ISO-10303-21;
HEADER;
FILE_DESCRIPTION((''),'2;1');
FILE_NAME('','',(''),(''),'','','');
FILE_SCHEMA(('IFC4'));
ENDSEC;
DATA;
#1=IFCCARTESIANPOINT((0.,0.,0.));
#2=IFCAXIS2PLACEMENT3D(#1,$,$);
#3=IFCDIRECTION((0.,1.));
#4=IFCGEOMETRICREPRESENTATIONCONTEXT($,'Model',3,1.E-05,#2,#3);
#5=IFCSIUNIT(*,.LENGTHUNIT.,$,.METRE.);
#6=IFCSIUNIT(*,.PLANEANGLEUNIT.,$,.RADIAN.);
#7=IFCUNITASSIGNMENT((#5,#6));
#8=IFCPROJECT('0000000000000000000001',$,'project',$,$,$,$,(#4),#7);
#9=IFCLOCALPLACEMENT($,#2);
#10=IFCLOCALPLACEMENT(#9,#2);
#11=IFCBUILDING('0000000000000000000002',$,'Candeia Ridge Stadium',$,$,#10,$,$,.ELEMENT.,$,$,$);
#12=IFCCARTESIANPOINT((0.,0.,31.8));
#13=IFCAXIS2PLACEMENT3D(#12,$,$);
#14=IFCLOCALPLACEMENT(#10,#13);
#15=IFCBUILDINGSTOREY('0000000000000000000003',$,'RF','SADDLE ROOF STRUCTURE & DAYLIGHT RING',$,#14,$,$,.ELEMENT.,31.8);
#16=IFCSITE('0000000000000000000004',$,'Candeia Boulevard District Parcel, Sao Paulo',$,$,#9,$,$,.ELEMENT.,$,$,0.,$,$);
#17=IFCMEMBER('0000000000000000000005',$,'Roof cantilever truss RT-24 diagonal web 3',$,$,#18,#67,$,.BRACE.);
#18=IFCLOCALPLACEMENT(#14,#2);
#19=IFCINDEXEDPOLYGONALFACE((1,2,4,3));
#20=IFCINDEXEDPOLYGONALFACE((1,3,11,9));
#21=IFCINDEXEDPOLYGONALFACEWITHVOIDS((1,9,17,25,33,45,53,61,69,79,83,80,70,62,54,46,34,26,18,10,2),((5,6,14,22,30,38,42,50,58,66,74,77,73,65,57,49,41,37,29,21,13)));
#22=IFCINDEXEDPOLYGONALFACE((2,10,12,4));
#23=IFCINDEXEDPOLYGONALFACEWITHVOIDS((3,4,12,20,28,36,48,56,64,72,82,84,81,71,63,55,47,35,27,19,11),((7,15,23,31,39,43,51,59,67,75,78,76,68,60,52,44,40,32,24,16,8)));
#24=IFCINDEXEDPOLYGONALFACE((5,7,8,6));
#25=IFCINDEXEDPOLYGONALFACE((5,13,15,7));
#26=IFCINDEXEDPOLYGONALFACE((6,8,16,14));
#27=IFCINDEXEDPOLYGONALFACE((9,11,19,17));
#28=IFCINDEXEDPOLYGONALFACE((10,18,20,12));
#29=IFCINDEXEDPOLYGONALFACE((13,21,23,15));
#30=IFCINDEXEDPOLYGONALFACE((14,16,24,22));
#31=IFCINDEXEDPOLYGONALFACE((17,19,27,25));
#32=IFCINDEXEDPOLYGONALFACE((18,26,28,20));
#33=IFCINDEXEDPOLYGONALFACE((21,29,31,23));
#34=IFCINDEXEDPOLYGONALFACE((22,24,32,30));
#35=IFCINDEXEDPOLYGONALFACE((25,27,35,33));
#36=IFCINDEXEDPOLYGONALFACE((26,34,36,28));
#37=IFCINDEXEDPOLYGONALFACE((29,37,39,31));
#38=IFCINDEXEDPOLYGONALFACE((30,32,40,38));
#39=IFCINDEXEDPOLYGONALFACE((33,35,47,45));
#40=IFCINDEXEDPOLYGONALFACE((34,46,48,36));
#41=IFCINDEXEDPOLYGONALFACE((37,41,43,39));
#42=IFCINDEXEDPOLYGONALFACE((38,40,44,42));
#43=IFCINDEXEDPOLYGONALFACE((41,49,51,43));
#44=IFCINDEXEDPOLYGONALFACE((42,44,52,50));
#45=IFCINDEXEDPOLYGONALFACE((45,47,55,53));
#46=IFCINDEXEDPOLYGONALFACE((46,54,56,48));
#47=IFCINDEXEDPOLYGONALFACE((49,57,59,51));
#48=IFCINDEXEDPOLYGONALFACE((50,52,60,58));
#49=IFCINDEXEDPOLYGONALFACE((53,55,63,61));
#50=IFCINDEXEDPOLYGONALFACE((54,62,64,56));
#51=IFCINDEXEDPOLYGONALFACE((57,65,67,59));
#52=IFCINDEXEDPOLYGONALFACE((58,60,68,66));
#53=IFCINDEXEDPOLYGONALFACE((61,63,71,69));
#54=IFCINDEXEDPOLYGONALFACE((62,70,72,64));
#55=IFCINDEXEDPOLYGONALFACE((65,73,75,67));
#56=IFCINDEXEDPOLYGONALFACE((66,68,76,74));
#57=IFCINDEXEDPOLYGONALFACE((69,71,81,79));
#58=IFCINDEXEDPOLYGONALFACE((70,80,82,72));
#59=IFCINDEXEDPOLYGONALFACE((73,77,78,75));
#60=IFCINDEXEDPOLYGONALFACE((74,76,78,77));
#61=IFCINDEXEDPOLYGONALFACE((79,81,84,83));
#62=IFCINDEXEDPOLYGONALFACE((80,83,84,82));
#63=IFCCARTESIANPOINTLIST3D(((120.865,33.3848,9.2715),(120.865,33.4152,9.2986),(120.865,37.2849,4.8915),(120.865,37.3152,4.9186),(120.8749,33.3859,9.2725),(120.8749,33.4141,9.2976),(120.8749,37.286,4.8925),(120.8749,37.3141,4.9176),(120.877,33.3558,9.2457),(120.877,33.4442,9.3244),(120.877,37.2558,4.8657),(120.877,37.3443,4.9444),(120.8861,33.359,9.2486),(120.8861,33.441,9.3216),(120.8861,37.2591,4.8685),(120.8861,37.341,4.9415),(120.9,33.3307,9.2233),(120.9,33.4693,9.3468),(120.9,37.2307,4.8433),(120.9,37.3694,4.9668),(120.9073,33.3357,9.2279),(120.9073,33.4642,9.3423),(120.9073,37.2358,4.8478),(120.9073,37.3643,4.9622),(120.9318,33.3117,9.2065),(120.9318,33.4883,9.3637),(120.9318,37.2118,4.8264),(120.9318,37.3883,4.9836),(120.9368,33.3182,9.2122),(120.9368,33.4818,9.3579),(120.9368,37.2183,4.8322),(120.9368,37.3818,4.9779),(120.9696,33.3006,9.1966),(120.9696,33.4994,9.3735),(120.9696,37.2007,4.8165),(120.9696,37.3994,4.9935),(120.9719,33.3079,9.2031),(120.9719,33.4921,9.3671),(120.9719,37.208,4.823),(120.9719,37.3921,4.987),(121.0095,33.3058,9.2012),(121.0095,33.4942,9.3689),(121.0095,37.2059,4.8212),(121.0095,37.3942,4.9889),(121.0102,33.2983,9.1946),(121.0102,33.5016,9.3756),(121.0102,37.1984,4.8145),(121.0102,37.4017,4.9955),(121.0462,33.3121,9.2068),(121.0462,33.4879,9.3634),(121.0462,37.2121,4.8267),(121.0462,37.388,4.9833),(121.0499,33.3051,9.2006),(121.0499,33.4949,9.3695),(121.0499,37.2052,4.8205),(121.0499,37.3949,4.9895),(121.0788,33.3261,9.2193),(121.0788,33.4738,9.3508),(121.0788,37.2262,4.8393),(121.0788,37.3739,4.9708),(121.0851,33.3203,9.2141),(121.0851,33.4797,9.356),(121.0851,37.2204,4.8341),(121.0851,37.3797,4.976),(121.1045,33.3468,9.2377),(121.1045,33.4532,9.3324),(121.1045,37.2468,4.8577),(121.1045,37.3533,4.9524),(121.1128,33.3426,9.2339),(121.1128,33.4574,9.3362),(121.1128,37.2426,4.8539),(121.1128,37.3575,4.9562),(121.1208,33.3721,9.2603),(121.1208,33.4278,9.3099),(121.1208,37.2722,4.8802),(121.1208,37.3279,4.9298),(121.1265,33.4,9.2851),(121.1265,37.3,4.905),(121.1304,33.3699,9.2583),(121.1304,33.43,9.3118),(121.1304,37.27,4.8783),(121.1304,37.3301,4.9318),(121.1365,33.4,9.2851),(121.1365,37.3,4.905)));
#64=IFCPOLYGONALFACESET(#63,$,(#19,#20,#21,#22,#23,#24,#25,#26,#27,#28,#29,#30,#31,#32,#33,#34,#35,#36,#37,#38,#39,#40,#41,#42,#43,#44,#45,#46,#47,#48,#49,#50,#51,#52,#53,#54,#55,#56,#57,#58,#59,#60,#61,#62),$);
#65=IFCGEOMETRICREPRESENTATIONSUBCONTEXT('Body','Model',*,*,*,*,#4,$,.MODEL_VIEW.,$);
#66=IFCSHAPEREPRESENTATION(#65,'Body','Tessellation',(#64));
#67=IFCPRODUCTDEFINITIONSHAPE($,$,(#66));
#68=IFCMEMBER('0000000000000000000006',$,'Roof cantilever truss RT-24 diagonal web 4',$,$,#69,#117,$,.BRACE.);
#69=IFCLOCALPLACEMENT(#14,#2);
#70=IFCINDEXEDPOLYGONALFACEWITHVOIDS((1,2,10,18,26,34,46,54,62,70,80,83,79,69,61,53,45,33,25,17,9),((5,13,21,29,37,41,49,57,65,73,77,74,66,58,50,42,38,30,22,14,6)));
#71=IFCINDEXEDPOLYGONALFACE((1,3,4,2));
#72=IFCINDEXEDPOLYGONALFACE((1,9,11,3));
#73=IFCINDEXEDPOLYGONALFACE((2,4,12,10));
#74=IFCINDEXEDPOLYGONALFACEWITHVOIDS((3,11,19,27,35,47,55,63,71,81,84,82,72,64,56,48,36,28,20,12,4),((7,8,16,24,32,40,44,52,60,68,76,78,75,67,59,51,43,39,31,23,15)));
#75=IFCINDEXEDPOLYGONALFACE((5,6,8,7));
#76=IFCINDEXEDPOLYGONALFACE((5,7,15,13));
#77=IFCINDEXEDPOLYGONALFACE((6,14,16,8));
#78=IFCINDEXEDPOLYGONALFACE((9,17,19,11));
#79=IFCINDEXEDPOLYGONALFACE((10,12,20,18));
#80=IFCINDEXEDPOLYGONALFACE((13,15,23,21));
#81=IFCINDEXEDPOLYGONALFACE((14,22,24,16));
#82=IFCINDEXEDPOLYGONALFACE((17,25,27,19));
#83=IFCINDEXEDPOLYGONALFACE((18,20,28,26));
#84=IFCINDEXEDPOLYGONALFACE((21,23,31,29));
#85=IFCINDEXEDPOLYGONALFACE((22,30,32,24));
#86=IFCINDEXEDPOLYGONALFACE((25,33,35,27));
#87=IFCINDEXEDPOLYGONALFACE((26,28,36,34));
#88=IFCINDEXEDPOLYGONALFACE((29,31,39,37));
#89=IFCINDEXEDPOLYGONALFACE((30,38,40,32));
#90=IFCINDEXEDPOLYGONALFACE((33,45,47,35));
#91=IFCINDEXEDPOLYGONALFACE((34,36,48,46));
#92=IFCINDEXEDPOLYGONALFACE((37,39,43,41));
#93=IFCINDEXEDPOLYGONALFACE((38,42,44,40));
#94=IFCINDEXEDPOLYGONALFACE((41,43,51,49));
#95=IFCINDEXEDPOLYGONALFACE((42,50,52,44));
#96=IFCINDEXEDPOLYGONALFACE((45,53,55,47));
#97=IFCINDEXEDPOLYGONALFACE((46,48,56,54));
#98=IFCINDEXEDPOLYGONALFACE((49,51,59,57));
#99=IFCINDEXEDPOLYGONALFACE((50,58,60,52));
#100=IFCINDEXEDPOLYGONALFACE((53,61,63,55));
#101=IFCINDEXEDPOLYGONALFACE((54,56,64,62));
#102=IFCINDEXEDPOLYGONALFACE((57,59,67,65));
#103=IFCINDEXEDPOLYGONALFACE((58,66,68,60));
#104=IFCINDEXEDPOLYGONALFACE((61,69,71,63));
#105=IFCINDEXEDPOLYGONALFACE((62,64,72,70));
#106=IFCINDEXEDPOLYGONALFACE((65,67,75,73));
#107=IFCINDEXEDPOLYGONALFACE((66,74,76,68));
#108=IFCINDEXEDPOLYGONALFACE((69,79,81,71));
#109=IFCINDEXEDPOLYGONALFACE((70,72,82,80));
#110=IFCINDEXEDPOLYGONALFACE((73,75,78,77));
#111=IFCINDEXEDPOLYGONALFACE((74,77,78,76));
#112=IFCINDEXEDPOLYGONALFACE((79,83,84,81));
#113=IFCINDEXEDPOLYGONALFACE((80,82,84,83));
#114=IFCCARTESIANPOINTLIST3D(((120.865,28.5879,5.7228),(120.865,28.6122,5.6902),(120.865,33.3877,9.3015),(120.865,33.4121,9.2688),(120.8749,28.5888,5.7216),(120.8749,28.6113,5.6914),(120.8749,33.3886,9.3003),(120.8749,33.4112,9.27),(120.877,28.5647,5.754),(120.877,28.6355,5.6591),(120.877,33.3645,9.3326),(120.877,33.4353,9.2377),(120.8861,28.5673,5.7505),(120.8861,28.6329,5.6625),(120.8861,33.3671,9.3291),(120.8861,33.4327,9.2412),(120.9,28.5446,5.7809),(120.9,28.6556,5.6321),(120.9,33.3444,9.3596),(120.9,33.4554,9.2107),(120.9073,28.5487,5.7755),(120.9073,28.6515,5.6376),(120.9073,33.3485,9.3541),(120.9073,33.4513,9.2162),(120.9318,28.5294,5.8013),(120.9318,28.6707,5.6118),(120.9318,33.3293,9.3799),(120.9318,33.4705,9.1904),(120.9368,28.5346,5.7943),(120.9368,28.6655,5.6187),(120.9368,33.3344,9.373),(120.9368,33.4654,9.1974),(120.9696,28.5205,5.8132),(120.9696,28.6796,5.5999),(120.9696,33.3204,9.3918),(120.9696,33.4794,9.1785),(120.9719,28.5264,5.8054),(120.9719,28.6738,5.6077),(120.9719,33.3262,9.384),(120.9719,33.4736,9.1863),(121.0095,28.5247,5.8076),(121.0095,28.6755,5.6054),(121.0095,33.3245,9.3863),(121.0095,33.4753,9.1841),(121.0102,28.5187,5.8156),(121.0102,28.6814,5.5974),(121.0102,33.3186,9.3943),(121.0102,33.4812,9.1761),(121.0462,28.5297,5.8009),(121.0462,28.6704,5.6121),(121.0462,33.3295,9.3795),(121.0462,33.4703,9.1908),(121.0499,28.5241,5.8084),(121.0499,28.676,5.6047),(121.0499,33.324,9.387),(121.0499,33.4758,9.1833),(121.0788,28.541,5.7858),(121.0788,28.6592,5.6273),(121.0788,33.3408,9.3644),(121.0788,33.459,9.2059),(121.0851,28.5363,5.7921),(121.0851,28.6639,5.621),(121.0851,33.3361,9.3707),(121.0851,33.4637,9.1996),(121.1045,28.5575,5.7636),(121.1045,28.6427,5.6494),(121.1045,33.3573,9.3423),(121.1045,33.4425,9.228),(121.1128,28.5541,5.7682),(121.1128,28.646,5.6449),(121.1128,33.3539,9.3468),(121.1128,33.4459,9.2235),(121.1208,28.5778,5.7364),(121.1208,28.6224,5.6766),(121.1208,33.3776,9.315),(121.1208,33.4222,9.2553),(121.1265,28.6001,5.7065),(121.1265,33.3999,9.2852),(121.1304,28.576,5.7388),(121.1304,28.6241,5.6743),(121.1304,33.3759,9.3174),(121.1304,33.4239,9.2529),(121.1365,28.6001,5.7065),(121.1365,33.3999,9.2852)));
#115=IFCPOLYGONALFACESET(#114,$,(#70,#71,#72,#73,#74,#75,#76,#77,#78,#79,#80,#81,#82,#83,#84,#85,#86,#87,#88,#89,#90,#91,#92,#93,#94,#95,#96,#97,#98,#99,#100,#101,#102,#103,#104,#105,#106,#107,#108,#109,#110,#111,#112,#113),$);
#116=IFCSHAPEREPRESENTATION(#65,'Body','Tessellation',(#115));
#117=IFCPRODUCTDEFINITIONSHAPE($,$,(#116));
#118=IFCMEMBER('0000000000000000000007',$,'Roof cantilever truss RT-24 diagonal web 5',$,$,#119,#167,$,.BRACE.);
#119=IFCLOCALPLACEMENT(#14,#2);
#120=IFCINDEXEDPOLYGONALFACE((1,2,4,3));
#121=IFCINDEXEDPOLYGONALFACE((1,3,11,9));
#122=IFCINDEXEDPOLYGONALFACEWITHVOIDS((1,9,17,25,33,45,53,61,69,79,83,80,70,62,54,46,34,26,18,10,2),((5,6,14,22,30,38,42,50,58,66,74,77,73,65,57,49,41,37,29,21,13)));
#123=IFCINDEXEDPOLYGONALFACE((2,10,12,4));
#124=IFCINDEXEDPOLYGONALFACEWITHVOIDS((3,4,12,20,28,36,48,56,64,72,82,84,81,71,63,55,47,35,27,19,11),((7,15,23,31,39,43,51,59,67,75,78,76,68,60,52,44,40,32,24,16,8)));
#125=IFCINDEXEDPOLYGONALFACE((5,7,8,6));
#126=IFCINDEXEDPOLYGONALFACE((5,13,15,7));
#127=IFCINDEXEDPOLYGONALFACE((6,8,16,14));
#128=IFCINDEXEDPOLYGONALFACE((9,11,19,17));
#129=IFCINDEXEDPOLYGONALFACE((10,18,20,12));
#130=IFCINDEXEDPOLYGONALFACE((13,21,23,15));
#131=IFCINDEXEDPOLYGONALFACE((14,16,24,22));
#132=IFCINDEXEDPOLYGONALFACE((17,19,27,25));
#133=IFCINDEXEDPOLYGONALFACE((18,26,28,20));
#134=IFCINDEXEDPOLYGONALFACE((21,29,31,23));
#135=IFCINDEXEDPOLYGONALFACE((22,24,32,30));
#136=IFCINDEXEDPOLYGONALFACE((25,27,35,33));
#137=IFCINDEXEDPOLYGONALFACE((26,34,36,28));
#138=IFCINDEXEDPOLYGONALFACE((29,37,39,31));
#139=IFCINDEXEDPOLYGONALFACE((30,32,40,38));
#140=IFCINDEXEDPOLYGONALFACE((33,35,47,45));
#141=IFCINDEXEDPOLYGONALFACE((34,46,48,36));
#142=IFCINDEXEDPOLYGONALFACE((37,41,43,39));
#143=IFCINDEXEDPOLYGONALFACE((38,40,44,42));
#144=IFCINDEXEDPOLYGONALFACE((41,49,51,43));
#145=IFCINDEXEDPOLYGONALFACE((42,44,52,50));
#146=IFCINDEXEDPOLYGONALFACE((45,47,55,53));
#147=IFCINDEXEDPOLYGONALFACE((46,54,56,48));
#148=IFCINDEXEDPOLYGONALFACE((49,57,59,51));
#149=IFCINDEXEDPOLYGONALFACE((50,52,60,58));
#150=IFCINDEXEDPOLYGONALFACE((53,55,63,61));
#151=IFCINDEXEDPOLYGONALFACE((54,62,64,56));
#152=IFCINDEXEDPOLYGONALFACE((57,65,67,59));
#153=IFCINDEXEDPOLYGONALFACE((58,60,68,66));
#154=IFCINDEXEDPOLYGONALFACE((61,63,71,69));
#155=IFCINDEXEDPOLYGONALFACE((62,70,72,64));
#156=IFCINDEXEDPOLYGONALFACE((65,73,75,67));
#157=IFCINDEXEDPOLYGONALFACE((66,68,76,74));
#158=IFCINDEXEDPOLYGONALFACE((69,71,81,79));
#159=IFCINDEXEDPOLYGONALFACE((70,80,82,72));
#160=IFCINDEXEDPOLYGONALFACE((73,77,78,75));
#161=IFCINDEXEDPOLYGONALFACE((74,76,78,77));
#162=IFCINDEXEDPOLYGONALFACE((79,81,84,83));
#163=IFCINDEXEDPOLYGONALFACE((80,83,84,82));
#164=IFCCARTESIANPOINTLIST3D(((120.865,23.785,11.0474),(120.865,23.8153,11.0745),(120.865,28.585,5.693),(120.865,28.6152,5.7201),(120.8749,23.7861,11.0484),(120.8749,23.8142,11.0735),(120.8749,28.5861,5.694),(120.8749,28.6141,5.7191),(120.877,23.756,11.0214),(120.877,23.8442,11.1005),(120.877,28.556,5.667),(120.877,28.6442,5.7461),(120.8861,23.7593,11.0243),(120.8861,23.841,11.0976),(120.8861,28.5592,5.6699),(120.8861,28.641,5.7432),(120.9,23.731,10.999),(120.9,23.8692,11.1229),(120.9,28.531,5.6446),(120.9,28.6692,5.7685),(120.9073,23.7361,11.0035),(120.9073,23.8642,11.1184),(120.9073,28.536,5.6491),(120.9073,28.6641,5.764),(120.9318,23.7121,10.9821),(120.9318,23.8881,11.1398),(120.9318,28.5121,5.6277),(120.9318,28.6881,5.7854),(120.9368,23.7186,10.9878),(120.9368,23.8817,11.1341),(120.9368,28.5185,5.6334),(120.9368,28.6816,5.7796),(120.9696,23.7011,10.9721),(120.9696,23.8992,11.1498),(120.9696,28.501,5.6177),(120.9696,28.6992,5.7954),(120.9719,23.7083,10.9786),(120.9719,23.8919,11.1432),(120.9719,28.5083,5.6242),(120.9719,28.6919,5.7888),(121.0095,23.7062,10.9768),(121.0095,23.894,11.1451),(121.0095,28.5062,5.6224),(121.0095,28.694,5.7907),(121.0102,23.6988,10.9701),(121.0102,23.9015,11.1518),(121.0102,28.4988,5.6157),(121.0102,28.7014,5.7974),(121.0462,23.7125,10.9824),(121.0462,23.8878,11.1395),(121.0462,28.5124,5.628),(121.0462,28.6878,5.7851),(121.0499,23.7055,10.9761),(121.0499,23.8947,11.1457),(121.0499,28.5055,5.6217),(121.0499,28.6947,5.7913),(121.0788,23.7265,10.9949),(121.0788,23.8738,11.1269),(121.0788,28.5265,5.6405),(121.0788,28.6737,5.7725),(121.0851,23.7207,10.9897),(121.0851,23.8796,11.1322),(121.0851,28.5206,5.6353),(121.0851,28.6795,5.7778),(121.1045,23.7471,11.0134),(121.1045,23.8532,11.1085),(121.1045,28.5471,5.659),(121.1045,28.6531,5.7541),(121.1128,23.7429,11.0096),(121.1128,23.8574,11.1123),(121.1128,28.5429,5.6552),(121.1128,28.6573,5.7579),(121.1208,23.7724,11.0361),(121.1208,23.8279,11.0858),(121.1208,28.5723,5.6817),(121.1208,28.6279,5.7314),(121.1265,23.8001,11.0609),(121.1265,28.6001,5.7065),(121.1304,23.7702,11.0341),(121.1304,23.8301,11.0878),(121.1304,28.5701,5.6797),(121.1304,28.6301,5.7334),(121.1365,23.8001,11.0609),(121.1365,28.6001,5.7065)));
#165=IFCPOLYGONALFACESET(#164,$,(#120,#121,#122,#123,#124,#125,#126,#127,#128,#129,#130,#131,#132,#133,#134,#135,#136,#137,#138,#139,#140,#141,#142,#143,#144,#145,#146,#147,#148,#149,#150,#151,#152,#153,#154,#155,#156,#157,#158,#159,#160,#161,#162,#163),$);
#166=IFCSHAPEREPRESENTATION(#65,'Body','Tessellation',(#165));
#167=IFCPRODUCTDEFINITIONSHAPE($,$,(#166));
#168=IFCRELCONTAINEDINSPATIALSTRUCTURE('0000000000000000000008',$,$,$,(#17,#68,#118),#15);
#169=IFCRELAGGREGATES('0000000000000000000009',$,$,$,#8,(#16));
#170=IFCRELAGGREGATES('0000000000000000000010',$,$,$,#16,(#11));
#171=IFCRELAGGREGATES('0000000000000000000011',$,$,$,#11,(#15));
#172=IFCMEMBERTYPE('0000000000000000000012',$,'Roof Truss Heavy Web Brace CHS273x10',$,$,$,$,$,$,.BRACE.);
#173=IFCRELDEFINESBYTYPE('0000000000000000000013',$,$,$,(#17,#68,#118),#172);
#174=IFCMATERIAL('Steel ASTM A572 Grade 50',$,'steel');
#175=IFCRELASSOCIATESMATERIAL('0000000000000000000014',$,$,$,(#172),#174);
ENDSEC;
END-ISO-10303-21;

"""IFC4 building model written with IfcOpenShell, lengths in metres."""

from ifc_helpers import new_model, si_unit, direction, frame, origin, origin_2d, place, context, subcontext, project, spatial, hollow_circle, extrude, material, material_profile, profile_set, type_object, element, save


model = new_model("IFC4")

# Units and contexts
model_context = context("Model", 3, precision=1e-05, world=origin(), true_north=direction((0.0, 1.0)))
body_context = subcontext(model_context, "Body", "Model", "MODEL_VIEW")
ifc_project = project(units=[si_unit("LENGTHUNIT", "METRE"), si_unit("PLANEANGLEUNIT", "RADIAN")], contexts=[model_context])

# Site, building, storey
site_placement = place(None, origin())
site = spatial("IfcSite", under=ifc_project, at=site_placement, Name="Candeia Boulevard District Parcel, Sao Paulo", CompositionType="ELEMENT", RefElevation=0.0)
building_placement = place(site_placement, origin())
building = spatial("IfcBuilding", under=site, at=building_placement, Name="Candeia Ridge Stadium", CompositionType="ELEMENT")
storey_placement = place(building_placement, frame((0.0, 0.0, 31.8)))
storey = spatial("IfcBuildingStorey", under=building, at=storey_placement, Name="RF", Description="SADDLE ROOF STRUCTURE & DAYLIGHT RING", CompositionType="ELEMENT", Elevation=31.8)

# Shared definitions
ifc_material_1 = material(Name="Steel ASTM A572 Grade 50", Category="steel")

# Members
ifc_material_profile_1 = material_profile(ifc_material_1, hollow_circle(Radius=0.1365, WallThickness=0.01, at=origin_2d()), Name="CHS273x10", Category="steel")
ifc_profile_set_1 = profile_set([ifc_material_profile_1], Name="Steel ASTM A572 Grade 50")
member_type_1 = type_object("IfcMemberType", Name="Roof Truss Heavy Web Brace CHS273x10", PredefinedType="BRACE", material=ifc_profile_set_1)
member_1_placement = place(storey_placement, frame((121.0, 37.3, 4.905), z_axis=(0.0, -0.665002, 0.746842), x_axis=(1.0, 0.0, 0.0)))
element("IfcMember", 1, at=member_1_placement, inside=storey, type_object=member_type_1, Name="Roof cantilever truss RT-24 diagonal web 3", PredefinedType="BRACE", context=body_context, shape_type="SweptSolid", body=[
    extrude(hollow_circle(Radius=0.1365, WallThickness=0.01, at=origin_2d()), origin(), (0.0, 0.0, 1.0), 5.8647),
])
member_2_placement = place(storey_placement, frame((121.0, 33.3999, 9.2852), z_axis=(0.0, -0.8017, -0.597727), x_axis=(1.0, 0.0, 0.0)))
element("IfcMember", 2, at=member_2_placement, inside=storey, type_object=member_type_1, Name="Roof cantilever truss RT-24 diagonal web 4", PredefinedType="BRACE", context=body_context, shape_type="SweptSolid", body=[
    extrude(hollow_circle(Radius=0.1365, WallThickness=0.01, at=origin_2d()), origin(), (0.0, 0.0, 1.0), 5.9871),
])
member_3_placement = place(storey_placement, frame((121.0, 28.6001, 5.7065), z_axis=(0.0, -0.667504, 0.744606), x_axis=(1.0, 0.0, 0.0)))
element("IfcMember", 3, at=member_3_placement, inside=storey, type_object=member_type_1, Name="Roof cantilever truss RT-24 diagonal web 5", PredefinedType="BRACE", context=body_context, shape_type="SweptSolid", body=[
    extrude(hollow_circle(Radius=0.1365, WallThickness=0.01, at=origin_2d()), origin(), (0.0, 0.0, 1.0), 7.1909),
])

save(model, "model.ifc")
